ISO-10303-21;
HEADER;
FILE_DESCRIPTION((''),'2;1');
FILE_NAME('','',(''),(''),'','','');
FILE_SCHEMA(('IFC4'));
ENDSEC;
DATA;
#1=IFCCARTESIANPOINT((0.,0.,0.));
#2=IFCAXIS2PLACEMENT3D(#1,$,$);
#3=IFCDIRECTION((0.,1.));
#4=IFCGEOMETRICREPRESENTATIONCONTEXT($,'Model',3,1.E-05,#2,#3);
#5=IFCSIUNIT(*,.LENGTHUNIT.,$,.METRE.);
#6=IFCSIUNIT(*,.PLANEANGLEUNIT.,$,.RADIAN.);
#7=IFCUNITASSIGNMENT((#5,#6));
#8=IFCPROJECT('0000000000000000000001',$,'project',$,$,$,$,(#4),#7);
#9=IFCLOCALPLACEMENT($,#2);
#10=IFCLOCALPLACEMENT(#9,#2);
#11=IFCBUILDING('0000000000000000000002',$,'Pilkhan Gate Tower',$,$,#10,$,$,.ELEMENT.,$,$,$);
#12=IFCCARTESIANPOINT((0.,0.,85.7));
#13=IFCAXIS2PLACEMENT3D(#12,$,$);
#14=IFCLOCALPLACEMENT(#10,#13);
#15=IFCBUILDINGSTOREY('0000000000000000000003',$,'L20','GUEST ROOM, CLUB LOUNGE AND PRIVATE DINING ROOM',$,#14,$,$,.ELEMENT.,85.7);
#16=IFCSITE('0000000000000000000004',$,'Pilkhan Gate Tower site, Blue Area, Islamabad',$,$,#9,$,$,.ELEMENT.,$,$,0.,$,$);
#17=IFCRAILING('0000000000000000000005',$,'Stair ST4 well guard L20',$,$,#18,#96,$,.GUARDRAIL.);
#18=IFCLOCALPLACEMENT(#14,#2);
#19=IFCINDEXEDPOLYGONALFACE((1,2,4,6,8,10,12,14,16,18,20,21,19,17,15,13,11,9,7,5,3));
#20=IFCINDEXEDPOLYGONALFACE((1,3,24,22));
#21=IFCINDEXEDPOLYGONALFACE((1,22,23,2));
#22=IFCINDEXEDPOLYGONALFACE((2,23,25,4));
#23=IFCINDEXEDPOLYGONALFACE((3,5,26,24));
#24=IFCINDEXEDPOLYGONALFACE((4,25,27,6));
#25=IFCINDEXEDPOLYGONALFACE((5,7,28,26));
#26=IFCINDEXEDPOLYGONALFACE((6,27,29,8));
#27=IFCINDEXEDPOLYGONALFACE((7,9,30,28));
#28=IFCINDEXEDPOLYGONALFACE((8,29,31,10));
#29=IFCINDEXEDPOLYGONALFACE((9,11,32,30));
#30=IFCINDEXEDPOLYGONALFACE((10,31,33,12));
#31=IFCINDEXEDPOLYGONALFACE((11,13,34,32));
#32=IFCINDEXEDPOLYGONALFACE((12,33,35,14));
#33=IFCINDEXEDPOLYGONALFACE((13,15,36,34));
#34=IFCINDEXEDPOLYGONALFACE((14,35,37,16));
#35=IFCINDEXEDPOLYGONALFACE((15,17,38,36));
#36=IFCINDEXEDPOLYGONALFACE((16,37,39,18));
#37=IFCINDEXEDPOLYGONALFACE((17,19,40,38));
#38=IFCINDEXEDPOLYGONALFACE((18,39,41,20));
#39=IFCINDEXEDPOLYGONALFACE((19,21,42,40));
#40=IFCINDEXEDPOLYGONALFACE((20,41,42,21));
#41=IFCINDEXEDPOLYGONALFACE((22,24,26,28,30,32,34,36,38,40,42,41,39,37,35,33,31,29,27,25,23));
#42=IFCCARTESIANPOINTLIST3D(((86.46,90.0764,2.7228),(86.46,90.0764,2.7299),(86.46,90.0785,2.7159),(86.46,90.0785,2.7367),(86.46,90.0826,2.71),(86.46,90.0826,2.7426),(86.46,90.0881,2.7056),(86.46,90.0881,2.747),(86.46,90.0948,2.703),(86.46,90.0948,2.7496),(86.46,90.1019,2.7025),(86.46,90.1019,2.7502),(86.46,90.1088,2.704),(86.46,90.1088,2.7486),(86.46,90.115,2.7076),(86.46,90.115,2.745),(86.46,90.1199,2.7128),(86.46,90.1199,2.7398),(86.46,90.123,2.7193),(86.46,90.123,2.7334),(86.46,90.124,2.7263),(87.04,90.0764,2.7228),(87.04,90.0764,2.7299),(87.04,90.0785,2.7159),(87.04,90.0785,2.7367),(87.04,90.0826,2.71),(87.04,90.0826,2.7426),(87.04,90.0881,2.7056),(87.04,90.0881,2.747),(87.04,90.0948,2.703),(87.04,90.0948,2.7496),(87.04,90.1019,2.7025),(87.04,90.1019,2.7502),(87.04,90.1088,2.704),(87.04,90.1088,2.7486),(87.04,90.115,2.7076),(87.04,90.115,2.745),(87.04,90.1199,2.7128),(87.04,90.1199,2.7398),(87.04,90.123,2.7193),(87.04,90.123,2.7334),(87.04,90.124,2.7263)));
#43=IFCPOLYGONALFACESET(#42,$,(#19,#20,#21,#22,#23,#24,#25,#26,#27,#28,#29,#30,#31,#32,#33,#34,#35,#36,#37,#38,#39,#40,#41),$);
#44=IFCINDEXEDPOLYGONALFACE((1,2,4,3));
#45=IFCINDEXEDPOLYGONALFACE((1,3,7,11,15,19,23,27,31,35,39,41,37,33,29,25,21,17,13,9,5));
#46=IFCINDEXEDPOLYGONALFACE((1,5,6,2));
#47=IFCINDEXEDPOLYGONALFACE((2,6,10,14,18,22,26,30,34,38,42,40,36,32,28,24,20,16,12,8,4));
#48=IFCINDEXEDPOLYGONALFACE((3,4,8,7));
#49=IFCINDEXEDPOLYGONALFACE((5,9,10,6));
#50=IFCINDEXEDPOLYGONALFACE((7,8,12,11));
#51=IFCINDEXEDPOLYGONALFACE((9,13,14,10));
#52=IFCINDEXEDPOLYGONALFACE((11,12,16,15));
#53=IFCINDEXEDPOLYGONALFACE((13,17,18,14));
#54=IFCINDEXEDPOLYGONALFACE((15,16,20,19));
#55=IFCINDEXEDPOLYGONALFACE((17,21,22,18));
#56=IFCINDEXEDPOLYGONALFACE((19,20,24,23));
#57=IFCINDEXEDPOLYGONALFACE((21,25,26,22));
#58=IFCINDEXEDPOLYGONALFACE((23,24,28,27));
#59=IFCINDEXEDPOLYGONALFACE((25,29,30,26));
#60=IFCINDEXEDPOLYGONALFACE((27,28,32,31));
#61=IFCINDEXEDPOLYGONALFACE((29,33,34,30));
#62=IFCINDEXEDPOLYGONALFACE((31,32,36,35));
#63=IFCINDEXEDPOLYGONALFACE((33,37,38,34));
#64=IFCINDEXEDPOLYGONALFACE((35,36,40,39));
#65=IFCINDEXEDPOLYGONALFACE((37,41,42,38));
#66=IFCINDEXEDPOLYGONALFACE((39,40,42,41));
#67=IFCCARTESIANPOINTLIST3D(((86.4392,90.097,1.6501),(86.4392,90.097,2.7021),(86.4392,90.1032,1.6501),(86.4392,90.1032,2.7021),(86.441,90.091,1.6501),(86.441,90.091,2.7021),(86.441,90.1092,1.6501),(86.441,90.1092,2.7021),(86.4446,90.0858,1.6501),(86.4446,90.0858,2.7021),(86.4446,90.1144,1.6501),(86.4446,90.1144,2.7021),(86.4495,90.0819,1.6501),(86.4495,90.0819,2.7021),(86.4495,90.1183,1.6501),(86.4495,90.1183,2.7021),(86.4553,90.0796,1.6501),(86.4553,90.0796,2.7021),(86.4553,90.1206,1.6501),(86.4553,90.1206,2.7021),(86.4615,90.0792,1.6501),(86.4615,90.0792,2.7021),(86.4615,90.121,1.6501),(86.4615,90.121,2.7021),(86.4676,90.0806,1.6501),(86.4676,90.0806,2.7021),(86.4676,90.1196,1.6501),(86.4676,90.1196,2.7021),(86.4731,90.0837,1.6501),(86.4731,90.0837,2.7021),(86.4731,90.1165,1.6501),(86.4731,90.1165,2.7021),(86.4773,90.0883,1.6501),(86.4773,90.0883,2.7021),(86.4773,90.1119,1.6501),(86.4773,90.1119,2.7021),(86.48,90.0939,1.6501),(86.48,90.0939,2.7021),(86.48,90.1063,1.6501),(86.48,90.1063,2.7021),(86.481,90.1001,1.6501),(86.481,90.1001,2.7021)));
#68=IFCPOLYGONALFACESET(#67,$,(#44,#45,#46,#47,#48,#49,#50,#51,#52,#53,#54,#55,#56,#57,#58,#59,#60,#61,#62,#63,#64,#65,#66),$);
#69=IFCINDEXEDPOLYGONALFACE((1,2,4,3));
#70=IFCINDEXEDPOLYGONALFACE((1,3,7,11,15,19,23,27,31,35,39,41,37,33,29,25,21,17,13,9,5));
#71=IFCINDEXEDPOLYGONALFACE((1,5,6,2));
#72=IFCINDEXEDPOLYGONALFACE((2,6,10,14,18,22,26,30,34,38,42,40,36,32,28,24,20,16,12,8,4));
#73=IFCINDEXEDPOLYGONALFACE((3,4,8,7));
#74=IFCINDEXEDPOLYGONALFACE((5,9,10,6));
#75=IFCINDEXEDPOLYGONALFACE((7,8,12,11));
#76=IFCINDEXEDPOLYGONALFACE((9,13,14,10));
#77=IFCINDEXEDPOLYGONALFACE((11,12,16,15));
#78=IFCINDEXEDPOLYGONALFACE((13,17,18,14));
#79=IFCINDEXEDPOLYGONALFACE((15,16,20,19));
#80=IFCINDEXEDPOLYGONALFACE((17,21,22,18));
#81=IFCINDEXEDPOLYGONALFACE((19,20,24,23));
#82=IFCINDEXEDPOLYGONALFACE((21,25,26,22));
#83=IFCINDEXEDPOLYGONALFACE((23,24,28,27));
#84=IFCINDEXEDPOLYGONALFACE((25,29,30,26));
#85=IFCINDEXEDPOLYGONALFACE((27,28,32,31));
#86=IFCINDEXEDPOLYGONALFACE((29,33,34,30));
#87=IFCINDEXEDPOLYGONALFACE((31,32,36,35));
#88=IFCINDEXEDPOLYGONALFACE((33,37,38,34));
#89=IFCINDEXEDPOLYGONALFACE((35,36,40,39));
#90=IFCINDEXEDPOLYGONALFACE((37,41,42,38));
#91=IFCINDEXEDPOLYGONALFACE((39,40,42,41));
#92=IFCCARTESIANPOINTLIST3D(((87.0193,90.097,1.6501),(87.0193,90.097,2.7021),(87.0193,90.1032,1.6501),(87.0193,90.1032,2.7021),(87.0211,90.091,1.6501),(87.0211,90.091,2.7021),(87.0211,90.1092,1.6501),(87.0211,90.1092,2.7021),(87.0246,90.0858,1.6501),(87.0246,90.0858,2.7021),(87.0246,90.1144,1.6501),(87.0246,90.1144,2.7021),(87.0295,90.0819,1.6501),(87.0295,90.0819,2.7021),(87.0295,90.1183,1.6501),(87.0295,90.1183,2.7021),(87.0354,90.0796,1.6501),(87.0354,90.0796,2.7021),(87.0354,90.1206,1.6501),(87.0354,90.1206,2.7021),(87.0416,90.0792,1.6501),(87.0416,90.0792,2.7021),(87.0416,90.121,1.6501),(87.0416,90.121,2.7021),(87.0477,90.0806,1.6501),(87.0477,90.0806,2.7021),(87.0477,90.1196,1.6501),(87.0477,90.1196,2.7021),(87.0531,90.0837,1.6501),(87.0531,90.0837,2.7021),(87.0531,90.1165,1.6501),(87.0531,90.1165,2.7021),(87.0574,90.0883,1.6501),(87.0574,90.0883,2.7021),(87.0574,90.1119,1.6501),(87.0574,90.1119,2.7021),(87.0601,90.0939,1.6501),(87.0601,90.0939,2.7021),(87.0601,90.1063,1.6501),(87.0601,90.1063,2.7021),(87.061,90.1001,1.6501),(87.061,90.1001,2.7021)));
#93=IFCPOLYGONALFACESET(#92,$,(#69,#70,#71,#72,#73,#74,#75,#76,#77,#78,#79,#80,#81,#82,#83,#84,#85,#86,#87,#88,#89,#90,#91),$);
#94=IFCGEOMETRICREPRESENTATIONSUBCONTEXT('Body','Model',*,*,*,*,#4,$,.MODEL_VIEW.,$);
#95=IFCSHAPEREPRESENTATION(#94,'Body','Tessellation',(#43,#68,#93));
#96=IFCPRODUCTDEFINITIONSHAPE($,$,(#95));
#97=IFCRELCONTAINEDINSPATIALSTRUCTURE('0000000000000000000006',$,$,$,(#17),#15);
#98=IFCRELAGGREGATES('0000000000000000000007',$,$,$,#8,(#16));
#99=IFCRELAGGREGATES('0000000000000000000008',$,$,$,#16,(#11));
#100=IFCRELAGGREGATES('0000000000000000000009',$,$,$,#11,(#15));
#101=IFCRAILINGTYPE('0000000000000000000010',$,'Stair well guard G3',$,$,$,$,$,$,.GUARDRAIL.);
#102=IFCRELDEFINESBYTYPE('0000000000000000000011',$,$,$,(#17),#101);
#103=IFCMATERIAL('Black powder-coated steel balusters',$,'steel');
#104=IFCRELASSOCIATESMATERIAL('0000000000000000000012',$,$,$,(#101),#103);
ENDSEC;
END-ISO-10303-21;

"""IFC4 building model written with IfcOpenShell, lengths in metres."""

from ifc_helpers import new_model, si_unit, direction, frame, origin, origin_2d, place, context, subcontext, project, spatial, circle, extrude, material, type_object, element, save


model = new_model("IFC4")

# Units and contexts
model_context = context("Model", 3, precision=1e-05, world=origin(), true_north=direction((0.0, 1.0)))
body_context = subcontext(model_context, "Body", "Model", "MODEL_VIEW")
ifc_project = project(units=[si_unit("LENGTHUNIT", "METRE"), si_unit("PLANEANGLEUNIT", "RADIAN")], contexts=[model_context])

# Site, building, storey
site_placement = place(None, origin())
site = spatial("IfcSite", under=ifc_project, at=site_placement, Name="Pilkhan Gate Tower site, Blue Area, Islamabad", CompositionType="ELEMENT", RefElevation=0.0)
building_placement = place(site_placement, origin())
building = spatial("IfcBuilding", under=site, at=building_placement, Name="Pilkhan Gate Tower", CompositionType="ELEMENT")
storey_placement = place(building_placement, frame((0.0, 0.0, 85.7)))
storey = spatial("IfcBuildingStorey", under=building, at=storey_placement, Name="L20", Description="GUEST ROOM, CLUB LOUNGE AND PRIVATE DINING ROOM", CompositionType="ELEMENT", Elevation=85.7)

# Railing
ifc_material_1 = material(Name="Black powder-coated steel balusters", Category="steel")
railing_type_1 = type_object("IfcRailingType", Name="Stair well guard G3", PredefinedType="GUARDRAIL", material=ifc_material_1)
for number, where, name in (
    (1, (86.46, 90.1001, 1.6501), "Stair ST4 well guard L20"),
):
    element("IfcRailing", number, at=place(storey_placement, frame(where)), inside=storey, type_object=railing_type_1, Name=name, PredefinedType="GUARDRAIL", context=body_context, shape_type="SweptSolid", body=[
        extrude(circle(Radius=0.0239, at=origin_2d()), frame((0.0, 0.0, 1.0762), z_axis=(1.0, 0.0, 0.0), x_axis=(0.0, 1.0, 0.0)), (0.0, 0.0, 1.0), 0.5801),
        extrude(circle(Radius=0.021, at=origin_2d()), origin(), (0.0, 0.0, 1.0), 1.052),
        extrude(circle(Radius=0.021, at=origin_2d()), frame((0.5801, 0.0, 0.0)), (0.0, 0.0, 1.0), 1.052),
    ])

save(model, "model.ifc")
